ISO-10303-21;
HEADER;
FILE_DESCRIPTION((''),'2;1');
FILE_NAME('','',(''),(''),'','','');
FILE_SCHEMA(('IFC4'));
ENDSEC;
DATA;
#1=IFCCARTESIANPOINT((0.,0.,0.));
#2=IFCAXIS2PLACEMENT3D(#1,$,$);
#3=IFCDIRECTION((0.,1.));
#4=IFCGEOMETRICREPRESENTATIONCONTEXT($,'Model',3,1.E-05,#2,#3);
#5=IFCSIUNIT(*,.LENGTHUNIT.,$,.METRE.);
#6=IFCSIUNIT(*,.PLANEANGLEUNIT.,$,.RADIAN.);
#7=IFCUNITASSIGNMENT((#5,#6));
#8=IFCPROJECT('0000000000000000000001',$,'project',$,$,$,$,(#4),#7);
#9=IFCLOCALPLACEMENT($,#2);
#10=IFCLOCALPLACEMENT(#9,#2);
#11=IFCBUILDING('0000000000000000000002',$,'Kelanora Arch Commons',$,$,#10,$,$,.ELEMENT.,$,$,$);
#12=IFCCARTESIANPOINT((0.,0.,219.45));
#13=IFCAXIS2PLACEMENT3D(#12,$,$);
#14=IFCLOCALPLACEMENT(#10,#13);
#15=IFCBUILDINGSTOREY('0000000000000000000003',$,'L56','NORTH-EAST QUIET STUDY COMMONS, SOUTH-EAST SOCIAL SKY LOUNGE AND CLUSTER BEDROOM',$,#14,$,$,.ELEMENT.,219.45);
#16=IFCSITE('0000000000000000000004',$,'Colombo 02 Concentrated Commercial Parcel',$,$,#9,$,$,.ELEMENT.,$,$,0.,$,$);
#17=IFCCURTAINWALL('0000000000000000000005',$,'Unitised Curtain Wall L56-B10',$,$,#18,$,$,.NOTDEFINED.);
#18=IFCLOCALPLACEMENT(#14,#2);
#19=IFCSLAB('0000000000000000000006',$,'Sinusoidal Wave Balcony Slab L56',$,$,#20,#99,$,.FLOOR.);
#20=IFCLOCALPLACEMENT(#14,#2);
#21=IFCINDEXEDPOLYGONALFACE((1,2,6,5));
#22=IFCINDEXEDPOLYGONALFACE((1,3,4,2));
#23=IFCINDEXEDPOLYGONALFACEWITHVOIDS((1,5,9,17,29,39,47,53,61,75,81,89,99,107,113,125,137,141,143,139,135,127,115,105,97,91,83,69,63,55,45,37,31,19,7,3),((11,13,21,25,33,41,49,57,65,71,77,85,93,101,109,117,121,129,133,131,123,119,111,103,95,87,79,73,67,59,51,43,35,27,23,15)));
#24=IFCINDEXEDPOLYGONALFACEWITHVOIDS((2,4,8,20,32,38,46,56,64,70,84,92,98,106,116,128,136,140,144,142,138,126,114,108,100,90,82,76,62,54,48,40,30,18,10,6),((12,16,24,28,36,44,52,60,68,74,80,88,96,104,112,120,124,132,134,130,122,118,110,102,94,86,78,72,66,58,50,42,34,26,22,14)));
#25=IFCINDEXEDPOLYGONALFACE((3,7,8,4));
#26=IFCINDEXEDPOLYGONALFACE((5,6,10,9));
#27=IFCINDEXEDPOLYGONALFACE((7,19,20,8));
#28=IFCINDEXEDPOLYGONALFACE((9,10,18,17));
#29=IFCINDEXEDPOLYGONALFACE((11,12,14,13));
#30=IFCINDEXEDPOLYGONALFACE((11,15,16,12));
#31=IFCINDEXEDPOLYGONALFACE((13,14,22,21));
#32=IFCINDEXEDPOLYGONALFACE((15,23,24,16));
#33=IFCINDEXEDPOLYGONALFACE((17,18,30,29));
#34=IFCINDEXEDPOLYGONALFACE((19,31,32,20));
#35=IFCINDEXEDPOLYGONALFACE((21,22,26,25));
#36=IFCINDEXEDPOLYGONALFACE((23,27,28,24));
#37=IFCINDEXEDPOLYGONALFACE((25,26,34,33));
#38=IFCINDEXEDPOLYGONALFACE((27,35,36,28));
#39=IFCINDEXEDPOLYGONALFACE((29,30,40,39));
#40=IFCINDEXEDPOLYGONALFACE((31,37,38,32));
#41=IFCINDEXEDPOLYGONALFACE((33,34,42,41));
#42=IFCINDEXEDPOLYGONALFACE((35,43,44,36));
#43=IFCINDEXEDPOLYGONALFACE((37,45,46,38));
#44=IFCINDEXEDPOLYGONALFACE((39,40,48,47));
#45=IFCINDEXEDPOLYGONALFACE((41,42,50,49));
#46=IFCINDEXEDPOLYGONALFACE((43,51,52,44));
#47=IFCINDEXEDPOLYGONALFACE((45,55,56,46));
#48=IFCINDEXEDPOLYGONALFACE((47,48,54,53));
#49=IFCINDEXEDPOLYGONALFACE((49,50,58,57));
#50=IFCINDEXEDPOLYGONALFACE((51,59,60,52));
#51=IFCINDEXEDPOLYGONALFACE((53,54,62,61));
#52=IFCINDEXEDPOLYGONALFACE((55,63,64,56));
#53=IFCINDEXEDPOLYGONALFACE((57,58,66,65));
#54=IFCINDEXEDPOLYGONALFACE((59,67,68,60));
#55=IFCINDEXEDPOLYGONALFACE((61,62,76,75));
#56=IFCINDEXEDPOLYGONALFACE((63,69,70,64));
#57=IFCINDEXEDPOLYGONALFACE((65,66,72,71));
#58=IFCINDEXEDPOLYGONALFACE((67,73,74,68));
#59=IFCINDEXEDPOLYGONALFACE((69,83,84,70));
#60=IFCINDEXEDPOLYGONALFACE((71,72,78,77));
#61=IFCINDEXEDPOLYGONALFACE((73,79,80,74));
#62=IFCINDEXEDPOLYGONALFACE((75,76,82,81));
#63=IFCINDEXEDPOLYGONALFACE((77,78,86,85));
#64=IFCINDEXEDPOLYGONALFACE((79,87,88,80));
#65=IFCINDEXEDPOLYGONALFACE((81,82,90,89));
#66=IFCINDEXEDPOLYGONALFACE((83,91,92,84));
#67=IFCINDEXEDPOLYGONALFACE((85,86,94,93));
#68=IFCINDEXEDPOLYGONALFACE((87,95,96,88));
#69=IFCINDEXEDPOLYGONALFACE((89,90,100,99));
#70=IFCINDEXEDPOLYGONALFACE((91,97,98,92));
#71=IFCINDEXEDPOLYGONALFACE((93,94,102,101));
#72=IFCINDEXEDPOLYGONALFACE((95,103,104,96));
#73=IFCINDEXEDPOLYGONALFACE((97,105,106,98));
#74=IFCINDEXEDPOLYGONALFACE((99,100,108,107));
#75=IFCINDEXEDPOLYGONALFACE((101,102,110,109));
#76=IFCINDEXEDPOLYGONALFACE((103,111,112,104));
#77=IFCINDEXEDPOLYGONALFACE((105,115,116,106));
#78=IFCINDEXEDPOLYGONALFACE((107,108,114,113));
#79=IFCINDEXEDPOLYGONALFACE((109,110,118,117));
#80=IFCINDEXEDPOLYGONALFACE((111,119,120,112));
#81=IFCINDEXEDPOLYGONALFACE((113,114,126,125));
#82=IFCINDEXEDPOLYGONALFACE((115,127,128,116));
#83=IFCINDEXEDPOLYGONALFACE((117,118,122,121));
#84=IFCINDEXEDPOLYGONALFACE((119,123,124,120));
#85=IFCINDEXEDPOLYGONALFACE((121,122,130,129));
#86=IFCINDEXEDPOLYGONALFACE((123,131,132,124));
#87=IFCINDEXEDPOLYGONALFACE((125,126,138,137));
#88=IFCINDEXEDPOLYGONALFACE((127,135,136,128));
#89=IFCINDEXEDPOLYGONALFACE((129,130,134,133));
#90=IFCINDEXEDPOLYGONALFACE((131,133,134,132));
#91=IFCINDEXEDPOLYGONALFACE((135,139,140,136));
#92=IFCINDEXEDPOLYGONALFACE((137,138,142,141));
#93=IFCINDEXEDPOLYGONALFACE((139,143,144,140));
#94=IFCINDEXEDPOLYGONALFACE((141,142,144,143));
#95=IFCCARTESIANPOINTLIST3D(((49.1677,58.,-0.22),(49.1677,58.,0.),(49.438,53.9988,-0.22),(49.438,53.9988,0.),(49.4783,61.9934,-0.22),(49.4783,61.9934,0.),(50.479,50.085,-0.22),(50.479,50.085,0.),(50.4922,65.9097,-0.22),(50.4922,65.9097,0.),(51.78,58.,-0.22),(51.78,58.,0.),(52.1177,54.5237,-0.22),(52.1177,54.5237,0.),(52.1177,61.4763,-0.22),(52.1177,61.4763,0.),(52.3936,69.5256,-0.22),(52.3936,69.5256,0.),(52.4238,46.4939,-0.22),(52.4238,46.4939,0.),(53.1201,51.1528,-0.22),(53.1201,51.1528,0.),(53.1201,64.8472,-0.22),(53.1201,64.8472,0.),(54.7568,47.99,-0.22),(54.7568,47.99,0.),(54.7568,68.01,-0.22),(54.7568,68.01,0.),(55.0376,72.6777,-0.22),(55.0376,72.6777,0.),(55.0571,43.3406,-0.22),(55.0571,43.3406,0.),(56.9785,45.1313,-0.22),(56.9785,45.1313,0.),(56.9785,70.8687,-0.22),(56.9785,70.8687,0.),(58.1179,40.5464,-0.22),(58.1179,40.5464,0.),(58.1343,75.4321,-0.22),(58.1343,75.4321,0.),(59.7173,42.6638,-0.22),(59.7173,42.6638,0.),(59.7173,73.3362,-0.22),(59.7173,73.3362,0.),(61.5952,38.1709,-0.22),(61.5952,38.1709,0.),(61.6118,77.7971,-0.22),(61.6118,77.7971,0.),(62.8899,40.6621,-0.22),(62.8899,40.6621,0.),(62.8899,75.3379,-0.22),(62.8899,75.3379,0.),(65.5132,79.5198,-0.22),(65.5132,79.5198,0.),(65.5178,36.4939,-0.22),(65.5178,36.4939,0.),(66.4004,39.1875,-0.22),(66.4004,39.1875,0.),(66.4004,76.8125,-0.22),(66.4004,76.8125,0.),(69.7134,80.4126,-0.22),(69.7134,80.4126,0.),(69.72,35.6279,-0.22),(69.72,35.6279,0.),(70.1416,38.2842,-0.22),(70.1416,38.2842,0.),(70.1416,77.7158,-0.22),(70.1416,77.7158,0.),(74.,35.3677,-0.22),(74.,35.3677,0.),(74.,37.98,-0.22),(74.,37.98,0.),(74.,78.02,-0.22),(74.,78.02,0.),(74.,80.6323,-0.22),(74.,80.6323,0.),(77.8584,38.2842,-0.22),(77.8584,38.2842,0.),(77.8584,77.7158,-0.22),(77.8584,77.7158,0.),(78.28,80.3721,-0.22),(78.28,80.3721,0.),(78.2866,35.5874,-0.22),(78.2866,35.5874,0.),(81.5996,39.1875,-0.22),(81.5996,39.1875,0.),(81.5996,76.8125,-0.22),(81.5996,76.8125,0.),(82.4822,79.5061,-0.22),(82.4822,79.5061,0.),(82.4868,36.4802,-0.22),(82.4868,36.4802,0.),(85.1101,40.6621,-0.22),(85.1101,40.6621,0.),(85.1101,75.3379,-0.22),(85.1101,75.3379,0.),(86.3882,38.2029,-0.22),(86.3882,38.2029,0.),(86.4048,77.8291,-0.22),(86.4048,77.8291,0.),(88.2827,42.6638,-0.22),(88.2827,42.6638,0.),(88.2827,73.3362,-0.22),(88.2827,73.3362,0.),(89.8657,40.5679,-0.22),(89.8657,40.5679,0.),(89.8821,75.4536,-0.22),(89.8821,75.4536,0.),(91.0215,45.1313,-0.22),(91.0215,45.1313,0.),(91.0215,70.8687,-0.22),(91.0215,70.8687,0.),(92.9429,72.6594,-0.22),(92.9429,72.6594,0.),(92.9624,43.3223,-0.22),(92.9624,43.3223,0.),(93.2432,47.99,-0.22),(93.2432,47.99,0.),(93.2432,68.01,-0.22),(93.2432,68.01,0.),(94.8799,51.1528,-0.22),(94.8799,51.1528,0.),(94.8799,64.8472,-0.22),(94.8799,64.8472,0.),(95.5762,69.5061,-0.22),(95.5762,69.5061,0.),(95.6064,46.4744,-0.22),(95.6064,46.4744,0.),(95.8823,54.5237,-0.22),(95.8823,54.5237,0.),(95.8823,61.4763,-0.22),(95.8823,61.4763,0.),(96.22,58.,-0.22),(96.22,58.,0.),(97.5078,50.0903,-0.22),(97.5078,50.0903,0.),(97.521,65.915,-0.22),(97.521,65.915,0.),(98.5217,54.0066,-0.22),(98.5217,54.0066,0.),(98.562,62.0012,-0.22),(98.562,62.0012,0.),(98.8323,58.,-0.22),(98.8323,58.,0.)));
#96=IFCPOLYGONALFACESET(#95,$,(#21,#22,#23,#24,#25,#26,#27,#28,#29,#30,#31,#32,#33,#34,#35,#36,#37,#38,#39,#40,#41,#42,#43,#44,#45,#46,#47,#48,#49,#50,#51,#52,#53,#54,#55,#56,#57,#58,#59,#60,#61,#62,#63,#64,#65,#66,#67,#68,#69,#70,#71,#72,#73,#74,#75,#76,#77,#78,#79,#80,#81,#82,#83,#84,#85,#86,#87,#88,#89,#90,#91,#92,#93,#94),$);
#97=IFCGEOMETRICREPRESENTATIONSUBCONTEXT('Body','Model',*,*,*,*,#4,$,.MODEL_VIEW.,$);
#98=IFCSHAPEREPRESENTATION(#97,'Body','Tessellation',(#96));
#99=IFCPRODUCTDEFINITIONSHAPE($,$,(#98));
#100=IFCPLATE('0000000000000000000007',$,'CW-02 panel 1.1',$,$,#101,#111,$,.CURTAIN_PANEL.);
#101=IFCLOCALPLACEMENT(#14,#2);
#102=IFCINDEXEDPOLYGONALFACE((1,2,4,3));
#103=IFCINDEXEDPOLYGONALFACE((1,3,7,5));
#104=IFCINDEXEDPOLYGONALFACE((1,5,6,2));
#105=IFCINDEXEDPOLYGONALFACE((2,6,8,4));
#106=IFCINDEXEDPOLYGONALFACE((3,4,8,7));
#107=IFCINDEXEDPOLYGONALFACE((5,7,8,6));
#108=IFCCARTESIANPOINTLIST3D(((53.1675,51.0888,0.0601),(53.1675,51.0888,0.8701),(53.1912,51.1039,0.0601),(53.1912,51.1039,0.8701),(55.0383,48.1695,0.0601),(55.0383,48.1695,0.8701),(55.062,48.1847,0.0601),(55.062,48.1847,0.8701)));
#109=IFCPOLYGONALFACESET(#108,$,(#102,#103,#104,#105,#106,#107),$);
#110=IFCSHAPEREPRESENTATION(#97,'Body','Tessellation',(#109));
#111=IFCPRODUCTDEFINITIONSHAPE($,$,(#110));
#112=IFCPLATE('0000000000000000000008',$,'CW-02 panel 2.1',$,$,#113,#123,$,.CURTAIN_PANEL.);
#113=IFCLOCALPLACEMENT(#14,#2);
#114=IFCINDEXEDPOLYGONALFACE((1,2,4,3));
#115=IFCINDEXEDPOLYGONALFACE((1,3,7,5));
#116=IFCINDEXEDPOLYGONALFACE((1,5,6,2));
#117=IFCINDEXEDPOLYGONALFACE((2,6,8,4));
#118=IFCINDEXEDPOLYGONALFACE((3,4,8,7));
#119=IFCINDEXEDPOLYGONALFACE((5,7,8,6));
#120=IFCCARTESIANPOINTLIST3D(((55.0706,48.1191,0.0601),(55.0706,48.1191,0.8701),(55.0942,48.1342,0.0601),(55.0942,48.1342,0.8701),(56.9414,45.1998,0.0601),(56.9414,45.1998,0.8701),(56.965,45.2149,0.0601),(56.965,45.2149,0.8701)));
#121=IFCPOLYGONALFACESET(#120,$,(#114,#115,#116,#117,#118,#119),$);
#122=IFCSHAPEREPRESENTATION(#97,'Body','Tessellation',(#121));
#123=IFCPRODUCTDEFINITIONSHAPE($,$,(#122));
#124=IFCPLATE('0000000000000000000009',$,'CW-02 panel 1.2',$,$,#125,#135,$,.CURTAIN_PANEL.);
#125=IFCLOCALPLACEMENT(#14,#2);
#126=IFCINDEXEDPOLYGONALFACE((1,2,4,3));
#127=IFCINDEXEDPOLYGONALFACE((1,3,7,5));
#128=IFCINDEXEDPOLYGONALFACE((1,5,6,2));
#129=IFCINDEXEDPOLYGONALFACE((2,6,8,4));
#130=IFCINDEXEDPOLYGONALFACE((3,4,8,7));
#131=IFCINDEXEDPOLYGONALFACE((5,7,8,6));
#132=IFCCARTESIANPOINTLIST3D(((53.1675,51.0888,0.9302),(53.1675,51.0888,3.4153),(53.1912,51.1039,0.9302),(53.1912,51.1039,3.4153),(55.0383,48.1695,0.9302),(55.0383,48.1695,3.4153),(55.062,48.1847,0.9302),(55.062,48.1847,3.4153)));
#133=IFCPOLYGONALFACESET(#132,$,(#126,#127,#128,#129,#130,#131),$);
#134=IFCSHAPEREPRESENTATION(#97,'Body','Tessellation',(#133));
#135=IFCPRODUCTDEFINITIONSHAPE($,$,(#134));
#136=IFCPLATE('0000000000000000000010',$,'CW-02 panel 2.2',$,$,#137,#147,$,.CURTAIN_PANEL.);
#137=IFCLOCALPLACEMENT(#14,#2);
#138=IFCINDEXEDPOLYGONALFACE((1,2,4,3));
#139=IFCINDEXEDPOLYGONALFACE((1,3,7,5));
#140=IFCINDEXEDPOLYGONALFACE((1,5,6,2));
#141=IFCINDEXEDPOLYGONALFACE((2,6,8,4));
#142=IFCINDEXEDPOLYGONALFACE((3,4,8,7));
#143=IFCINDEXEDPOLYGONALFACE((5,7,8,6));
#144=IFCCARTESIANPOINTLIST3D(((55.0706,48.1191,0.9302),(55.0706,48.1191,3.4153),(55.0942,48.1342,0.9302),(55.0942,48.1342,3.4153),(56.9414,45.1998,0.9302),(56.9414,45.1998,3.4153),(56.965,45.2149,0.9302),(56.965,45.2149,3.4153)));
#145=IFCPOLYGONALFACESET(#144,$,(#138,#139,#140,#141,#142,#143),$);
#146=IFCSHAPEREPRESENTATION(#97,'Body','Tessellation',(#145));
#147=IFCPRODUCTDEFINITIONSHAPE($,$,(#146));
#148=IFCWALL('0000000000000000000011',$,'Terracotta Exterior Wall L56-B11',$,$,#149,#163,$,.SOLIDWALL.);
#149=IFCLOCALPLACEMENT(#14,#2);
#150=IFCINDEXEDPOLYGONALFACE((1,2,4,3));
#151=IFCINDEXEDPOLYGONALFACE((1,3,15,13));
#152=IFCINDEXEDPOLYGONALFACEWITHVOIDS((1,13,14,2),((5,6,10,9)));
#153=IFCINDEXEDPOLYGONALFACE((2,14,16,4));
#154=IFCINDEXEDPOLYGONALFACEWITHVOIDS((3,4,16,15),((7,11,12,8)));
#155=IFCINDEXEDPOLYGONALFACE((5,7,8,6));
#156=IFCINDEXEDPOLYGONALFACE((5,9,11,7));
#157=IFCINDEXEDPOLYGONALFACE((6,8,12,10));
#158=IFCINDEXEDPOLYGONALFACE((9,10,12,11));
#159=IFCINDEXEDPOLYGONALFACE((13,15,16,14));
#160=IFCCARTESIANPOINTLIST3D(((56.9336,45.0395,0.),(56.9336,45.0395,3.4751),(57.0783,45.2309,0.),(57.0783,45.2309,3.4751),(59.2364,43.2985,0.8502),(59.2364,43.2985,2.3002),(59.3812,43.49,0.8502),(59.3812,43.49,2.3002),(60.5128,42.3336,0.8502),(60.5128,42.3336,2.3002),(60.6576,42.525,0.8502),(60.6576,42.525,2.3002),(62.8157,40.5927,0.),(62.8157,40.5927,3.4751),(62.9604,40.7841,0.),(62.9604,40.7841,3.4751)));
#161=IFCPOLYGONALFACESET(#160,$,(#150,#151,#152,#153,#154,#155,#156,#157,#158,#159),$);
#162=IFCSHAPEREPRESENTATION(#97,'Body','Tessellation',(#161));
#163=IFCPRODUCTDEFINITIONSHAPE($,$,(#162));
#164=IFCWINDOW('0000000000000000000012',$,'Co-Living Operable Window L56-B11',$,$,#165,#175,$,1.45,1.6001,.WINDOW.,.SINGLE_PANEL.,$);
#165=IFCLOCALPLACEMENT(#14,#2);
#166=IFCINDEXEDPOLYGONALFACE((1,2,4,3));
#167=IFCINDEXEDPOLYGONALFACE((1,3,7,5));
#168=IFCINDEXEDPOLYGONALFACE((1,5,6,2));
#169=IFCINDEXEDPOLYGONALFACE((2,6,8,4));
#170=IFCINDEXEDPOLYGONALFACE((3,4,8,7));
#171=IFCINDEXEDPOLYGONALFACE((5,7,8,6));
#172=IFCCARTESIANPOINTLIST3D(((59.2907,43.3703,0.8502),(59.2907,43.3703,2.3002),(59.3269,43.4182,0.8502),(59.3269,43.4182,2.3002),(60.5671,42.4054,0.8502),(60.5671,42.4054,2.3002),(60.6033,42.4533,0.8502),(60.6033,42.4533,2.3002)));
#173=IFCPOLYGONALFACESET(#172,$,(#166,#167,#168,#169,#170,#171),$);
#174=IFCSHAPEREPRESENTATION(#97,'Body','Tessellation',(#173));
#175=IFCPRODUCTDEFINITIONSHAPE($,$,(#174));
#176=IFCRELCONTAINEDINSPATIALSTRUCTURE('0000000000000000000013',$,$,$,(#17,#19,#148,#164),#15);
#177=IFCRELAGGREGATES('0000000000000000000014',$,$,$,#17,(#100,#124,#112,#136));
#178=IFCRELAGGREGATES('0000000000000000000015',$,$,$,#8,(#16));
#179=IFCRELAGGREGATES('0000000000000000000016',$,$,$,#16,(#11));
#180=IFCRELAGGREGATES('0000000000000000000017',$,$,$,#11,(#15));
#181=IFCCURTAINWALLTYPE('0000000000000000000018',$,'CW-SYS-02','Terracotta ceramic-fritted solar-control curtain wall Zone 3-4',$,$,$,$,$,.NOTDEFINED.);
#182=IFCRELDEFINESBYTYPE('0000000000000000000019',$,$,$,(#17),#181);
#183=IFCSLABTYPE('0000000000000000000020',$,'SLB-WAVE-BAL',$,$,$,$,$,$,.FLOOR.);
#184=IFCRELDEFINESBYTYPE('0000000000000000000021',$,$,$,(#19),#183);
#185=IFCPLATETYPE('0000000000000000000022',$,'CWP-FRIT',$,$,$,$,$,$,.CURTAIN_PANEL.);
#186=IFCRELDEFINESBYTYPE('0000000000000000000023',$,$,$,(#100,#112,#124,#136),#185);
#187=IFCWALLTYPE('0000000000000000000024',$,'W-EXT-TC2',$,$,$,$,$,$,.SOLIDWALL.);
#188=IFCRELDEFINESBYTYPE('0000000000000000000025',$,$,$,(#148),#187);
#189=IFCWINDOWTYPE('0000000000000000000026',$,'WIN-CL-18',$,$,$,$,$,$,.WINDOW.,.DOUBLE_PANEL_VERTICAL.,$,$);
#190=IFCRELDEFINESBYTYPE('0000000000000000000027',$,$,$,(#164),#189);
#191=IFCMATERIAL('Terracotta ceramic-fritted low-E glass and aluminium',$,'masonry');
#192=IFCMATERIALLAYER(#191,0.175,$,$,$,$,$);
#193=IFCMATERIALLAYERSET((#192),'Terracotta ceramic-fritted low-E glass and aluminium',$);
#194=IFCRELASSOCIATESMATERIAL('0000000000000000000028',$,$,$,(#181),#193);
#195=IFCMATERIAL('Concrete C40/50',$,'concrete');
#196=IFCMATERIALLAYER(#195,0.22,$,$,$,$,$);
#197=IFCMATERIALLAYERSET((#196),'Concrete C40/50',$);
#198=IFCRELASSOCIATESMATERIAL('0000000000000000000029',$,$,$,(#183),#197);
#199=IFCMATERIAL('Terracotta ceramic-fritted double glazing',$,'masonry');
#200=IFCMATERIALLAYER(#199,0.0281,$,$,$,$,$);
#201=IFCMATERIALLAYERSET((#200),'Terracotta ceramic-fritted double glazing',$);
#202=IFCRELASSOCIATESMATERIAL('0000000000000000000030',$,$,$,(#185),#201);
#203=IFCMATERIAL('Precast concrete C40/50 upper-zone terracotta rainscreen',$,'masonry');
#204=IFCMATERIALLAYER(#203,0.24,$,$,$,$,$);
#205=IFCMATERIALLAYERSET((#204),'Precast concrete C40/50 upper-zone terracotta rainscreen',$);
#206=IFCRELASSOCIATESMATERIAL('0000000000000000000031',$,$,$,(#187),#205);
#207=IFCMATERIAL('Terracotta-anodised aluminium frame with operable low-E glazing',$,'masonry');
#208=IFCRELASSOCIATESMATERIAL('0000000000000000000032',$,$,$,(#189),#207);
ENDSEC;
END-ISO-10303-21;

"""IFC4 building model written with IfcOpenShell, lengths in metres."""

from ifc_helpers import new_model, si_unit, direction, frame, frame_2d, origin, origin_2d, place, context, subcontext, project, spatial, polyline, rectangle, outline, extrude, source, transform, mapped, material, layer, layer_set, type_object, element, fill, aggregate, save


model = new_model("IFC4")

# Units and contexts
model_context = context("Model", 3, precision=1e-05, world=origin(), true_north=direction((0.0, 1.0)))
body_context = subcontext(model_context, "Body", "Model", "MODEL_VIEW")
ifc_project = project(units=[si_unit("LENGTHUNIT", "METRE"), si_unit("PLANEANGLEUNIT", "RADIAN")], contexts=[model_context])

# Site, building, storey
site_placement = place(None, origin())
site = spatial("IfcSite", under=ifc_project, at=site_placement, Name="Colombo 02 Concentrated Commercial Parcel", CompositionType="ELEMENT", RefElevation=0.0)
building_placement = place(site_placement, origin())
building = spatial("IfcBuilding", under=site, at=building_placement, Name="Kelanora Arch Commons", CompositionType="ELEMENT")
storey_placement = place(building_placement, frame((0.0, 0.0, 219.45)))
storey = spatial("IfcBuildingStorey", under=building, at=storey_placement, Name="L56", Description="NORTH-EAST QUIET STUDY COMMONS, SOUTH-EAST SOCIAL SKY LOUNGE AND CLUSTER BEDROOM", CompositionType="ELEMENT", Elevation=219.45)

# Curtain wall
ifc_material_1 = material(Name="Terracotta ceramic-fritted low-E glass and aluminium", Category="masonry")
ifc_layer_1 = layer(ifc_material_1, 0.175)
ifc_layer_set_1 = layer_set([ifc_layer_1], Name="Terracotta ceramic-fritted low-E glass and aluminium")
curtain_wall_type = type_object("IfcCurtainWallType", Name="CW-SYS-02", Description="Terracotta ceramic-fritted solar-control curtain wall Zone 3-4", PredefinedType="NOTDEFINED", material=ifc_layer_set_1)
curtain_wall_placement = place(storey_placement, origin())
curtain_wall = element("IfcCurtainWall", 1, at=curtain_wall_placement, inside=storey, type_object=curtain_wall_type, Name="Unitised Curtain Wall L56-B10", PredefinedType="NOTDEFINED")

# Shared definitions
ifc_material_2 = material(Name="Concrete C40/50", Category="concrete")

# Slab
ifc_layer_2 = layer(ifc_material_2, 0.22)
ifc_layer_set_2 = layer_set([ifc_layer_2], Name="Concrete C40/50")
slab_type_1 = type_object("IfcSlabType", Name="SLB-WAVE-BAL", PredefinedType="FLOOR", material=ifc_layer_set_2)
slab_1_placement = place(storey_placement, frame((0.0, 0.0, -0.22)))
element("IfcSlab", 2, at=slab_1_placement, inside=storey, type_object=slab_type_1, Name="Sinusoidal Wave Balcony Slab L56", PredefinedType="FLOOR", context=body_context, shape_type="SweptSolid", body=[
    extrude(outline(polyline([(98.8323, 58.0), (98.562, 62.0012), (97.521, 65.915), (95.5762, 69.5061), (92.9429, 72.6594), (89.8821, 75.4536), (86.4048, 77.8291), (82.4822, 79.5061), (78.28, 80.3721), (74.0, 80.6323), (69.7134, 80.4126), (65.5132, 79.5198), (61.6118, 77.7971), (58.1343, 75.4321), (55.0376, 72.6777), (52.3936, 69.5256), (50.4922, 65.9097), (49.4783, 61.9934), (49.1677, 58.0), (49.438, 53.9988), (50.479, 50.085), (52.4238, 46.4939), (55.0571, 43.3406), (58.1179, 40.5464), (61.5952, 38.1709), (65.5178, 36.4939), (69.72, 35.6279), (74.0, 35.3677), (78.2866, 35.5874), (82.4868, 36.4802), (86.3882, 38.2029), (89.8657, 40.5679), (92.9624, 43.3223), (95.6064, 46.4744), (97.5078, 50.0903), (98.5217, 54.0066), (98.8323, 58.0)]), holes=[polyline([(95.8823, 54.5237), (94.8799, 51.1528), (93.2432, 47.99), (91.0215, 45.1313), (88.2827, 42.6638), (85.1101, 40.6621), (81.5996, 39.1875), (77.8584, 38.2842), (74.0, 37.98), (70.1416, 38.2842), (66.4004, 39.1875), (62.8899, 40.6621), (59.7173, 42.6638), (56.9785, 45.1313), (54.7568, 47.99), (53.1201, 51.1528), (52.1177, 54.5237), (51.78, 58.0), (52.1177, 61.4763), (53.1201, 64.8472), (54.7568, 68.01), (56.9785, 70.8687), (59.7173, 73.3362), (62.8899, 75.3379), (66.4004, 76.8125), (70.1416, 77.7158), (74.0, 78.02), (77.8584, 77.7158), (81.5996, 76.8125), (85.1101, 75.3379), (88.2827, 73.3362), (91.0215, 70.8687), (93.2432, 68.01), (94.8799, 64.8472), (95.8823, 61.4763), (96.22, 58.0), (95.8823, 54.5237)])]), origin(), (0.0, 0.0, 1.0), 0.22),
])

# Plates
ifc_material_3 = material(Name="Terracotta ceramic-fritted double glazing", Category="masonry")
ifc_layer_3 = layer(ifc_material_3, 0.0281)
ifc_layer_set_3 = layer_set([ifc_layer_3], Name="Terracotta ceramic-fritted double glazing")
plate_type = type_object("IfcPlateType", Name="CWP-FRIT", PredefinedType="CURTAIN_PANEL", material=ifc_layer_set_3)
shared_shape_1 = source(origin(), body_context, "Body", "SweptSolid", [
    extrude(rectangle(XDim=3.4673, YDim=0.0281, at=origin_2d()), origin(), (0.0, 0.0, 1.0), 0.8101),
])
plate_1_placement = place(storey_placement, frame((54.1147, 49.6367, 0.0601), z_axis=(0.0, 0.0, 1.0), x_axis=(0.539559, -0.841948, 0.0)))
plate_1 = element("IfcPlate", 3, at=plate_1_placement, type_object=plate_type, Name="CW-02 panel 1.1", PredefinedType="CURTAIN_PANEL", context=body_context, shape_type="MappedRepresentation", body=[
    mapped(shared_shape_1, transform((0.0, 0.0, 0.0), scale=1.0)),
])
plate_2_placement = place(storey_placement, frame((56.0178, 46.667, 0.0601), z_axis=(0.0, 0.0, 1.0), x_axis=(0.539559, -0.841948, 0.0)))
plate_2 = element("IfcPlate", 4, at=plate_2_placement, type_object=plate_type, Name="CW-02 panel 2.1", PredefinedType="CURTAIN_PANEL", context=body_context, shape_type="MappedRepresentation", body=[
    mapped(shared_shape_1, transform((0.0, 0.0, 0.0), scale=1.0)),
])
shared_shape_2 = source(origin(), body_context, "Body", "SweptSolid", [
    extrude(rectangle(XDim=3.4673, YDim=0.0281, at=origin_2d()), origin(), (0.0, 0.0, 1.0), 2.4851),
])
plate_3_placement = place(storey_placement, frame((54.1147, 49.6367, 0.9302), z_axis=(0.0, 0.0, 1.0), x_axis=(0.539559, -0.841948, 0.0)))
plate_3 = element("IfcPlate", 5, at=plate_3_placement, type_object=plate_type, Name="CW-02 panel 1.2", PredefinedType="CURTAIN_PANEL", context=body_context, shape_type="MappedRepresentation", body=[
    mapped(shared_shape_2, transform((0.0, 0.0, 0.0), scale=1.0)),
])
plate_4_placement = place(storey_placement, frame((56.0178, 46.667, 0.9302), z_axis=(0.0, 0.0, 1.0), x_axis=(0.539559, -0.841948, 0.0)))
plate_4 = element("IfcPlate", 6, at=plate_4_placement, type_object=plate_type, Name="CW-02 panel 2.2", PredefinedType="CURTAIN_PANEL", context=body_context, shape_type="MappedRepresentation", body=[
    mapped(shared_shape_2, transform((0.0, 0.0, 0.0), scale=1.0)),
])
aggregate(curtain_wall, [plate_1, plate_3, plate_2, plate_4])

# Wall, opening, window
ifc_material_4 = material(Name="Precast concrete C40/50 upper-zone terracotta rainscreen", Category="masonry")
ifc_layer_4 = layer(ifc_material_4, 0.24)
ifc_layer_set_4 = layer_set([ifc_layer_4], Name="Precast concrete C40/50 upper-zone terracotta rainscreen")
wall_type_1 = type_object("IfcWallType", Name="W-EXT-TC2", PredefinedType="SOLIDWALL", material=ifc_layer_set_4)
wall_1_placement = place(storey_placement, frame((57.0059, 45.1353, 0.0), z_axis=(0.0, 0.0, 1.0), x_axis=(0.797702, -0.603052, 0.0)))
wall_1 = element("IfcWall", 7, at=wall_1_placement, inside=storey, type_object=wall_type_1, Name="Terracotta Exterior Wall L56-B11", PredefinedType="SOLIDWALL", context=body_context, shape_type="SweptSolid", body=[
    extrude(rectangle(XDim=7.3738, YDim=0.24, at=frame_2d((3.687, 0.0))), origin(), (0.0, 0.0, 1.0), 3.4751),
])
opening_placement = place(wall_1_placement, frame((2.887, 0.0, 0.8501)))
opening = element("IfcOpeningElement", 8, at=opening_placement, cuts=wall_1, PredefinedType="OPENING", context=body_context, shape_type="SweptSolid", body=[
    extrude(rectangle(XDim=1.6001, YDim=1.45, at=frame_2d((0.8, 0.7251))), frame((0.0, 0.1299, 0.0), z_axis=(0.0, -1.0, 0.0), x_axis=(1.0, 0.0, 0.0)), (0.0, 0.0, 1.0), 0.26),
])
ifc_material_5 = material(Name="Terracotta-anodised aluminium frame with operable low-E glazing", Category="masonry")
window_type = type_object("IfcWindowType", Name="WIN-CL-18", PartitioningType="DOUBLE_PANEL_VERTICAL", PredefinedType="WINDOW", material=ifc_material_5)
window_placement = place(opening_placement, origin())
window = element("IfcWindow", 9, at=window_placement, inside=storey, type_object=window_type, Name="Co-Living Operable Window L56-B11", OverallHeight=1.45, OverallWidth=1.6001, PartitioningType="SINGLE_PANEL", PredefinedType="WINDOW", context=body_context, shape_type="SweptSolid", body=[
    extrude(rectangle(XDim=1.6001, YDim=1.45, at=frame_2d((0.8, 0.7251))), frame((0.0, 0.03, 0.0), z_axis=(0.0, -1.0, 0.0), x_axis=(1.0, 0.0, 0.0)), (0.0, 0.0, 1.0), 0.0601),
])
fill(opening, window)

save(model, "model.ifc")
